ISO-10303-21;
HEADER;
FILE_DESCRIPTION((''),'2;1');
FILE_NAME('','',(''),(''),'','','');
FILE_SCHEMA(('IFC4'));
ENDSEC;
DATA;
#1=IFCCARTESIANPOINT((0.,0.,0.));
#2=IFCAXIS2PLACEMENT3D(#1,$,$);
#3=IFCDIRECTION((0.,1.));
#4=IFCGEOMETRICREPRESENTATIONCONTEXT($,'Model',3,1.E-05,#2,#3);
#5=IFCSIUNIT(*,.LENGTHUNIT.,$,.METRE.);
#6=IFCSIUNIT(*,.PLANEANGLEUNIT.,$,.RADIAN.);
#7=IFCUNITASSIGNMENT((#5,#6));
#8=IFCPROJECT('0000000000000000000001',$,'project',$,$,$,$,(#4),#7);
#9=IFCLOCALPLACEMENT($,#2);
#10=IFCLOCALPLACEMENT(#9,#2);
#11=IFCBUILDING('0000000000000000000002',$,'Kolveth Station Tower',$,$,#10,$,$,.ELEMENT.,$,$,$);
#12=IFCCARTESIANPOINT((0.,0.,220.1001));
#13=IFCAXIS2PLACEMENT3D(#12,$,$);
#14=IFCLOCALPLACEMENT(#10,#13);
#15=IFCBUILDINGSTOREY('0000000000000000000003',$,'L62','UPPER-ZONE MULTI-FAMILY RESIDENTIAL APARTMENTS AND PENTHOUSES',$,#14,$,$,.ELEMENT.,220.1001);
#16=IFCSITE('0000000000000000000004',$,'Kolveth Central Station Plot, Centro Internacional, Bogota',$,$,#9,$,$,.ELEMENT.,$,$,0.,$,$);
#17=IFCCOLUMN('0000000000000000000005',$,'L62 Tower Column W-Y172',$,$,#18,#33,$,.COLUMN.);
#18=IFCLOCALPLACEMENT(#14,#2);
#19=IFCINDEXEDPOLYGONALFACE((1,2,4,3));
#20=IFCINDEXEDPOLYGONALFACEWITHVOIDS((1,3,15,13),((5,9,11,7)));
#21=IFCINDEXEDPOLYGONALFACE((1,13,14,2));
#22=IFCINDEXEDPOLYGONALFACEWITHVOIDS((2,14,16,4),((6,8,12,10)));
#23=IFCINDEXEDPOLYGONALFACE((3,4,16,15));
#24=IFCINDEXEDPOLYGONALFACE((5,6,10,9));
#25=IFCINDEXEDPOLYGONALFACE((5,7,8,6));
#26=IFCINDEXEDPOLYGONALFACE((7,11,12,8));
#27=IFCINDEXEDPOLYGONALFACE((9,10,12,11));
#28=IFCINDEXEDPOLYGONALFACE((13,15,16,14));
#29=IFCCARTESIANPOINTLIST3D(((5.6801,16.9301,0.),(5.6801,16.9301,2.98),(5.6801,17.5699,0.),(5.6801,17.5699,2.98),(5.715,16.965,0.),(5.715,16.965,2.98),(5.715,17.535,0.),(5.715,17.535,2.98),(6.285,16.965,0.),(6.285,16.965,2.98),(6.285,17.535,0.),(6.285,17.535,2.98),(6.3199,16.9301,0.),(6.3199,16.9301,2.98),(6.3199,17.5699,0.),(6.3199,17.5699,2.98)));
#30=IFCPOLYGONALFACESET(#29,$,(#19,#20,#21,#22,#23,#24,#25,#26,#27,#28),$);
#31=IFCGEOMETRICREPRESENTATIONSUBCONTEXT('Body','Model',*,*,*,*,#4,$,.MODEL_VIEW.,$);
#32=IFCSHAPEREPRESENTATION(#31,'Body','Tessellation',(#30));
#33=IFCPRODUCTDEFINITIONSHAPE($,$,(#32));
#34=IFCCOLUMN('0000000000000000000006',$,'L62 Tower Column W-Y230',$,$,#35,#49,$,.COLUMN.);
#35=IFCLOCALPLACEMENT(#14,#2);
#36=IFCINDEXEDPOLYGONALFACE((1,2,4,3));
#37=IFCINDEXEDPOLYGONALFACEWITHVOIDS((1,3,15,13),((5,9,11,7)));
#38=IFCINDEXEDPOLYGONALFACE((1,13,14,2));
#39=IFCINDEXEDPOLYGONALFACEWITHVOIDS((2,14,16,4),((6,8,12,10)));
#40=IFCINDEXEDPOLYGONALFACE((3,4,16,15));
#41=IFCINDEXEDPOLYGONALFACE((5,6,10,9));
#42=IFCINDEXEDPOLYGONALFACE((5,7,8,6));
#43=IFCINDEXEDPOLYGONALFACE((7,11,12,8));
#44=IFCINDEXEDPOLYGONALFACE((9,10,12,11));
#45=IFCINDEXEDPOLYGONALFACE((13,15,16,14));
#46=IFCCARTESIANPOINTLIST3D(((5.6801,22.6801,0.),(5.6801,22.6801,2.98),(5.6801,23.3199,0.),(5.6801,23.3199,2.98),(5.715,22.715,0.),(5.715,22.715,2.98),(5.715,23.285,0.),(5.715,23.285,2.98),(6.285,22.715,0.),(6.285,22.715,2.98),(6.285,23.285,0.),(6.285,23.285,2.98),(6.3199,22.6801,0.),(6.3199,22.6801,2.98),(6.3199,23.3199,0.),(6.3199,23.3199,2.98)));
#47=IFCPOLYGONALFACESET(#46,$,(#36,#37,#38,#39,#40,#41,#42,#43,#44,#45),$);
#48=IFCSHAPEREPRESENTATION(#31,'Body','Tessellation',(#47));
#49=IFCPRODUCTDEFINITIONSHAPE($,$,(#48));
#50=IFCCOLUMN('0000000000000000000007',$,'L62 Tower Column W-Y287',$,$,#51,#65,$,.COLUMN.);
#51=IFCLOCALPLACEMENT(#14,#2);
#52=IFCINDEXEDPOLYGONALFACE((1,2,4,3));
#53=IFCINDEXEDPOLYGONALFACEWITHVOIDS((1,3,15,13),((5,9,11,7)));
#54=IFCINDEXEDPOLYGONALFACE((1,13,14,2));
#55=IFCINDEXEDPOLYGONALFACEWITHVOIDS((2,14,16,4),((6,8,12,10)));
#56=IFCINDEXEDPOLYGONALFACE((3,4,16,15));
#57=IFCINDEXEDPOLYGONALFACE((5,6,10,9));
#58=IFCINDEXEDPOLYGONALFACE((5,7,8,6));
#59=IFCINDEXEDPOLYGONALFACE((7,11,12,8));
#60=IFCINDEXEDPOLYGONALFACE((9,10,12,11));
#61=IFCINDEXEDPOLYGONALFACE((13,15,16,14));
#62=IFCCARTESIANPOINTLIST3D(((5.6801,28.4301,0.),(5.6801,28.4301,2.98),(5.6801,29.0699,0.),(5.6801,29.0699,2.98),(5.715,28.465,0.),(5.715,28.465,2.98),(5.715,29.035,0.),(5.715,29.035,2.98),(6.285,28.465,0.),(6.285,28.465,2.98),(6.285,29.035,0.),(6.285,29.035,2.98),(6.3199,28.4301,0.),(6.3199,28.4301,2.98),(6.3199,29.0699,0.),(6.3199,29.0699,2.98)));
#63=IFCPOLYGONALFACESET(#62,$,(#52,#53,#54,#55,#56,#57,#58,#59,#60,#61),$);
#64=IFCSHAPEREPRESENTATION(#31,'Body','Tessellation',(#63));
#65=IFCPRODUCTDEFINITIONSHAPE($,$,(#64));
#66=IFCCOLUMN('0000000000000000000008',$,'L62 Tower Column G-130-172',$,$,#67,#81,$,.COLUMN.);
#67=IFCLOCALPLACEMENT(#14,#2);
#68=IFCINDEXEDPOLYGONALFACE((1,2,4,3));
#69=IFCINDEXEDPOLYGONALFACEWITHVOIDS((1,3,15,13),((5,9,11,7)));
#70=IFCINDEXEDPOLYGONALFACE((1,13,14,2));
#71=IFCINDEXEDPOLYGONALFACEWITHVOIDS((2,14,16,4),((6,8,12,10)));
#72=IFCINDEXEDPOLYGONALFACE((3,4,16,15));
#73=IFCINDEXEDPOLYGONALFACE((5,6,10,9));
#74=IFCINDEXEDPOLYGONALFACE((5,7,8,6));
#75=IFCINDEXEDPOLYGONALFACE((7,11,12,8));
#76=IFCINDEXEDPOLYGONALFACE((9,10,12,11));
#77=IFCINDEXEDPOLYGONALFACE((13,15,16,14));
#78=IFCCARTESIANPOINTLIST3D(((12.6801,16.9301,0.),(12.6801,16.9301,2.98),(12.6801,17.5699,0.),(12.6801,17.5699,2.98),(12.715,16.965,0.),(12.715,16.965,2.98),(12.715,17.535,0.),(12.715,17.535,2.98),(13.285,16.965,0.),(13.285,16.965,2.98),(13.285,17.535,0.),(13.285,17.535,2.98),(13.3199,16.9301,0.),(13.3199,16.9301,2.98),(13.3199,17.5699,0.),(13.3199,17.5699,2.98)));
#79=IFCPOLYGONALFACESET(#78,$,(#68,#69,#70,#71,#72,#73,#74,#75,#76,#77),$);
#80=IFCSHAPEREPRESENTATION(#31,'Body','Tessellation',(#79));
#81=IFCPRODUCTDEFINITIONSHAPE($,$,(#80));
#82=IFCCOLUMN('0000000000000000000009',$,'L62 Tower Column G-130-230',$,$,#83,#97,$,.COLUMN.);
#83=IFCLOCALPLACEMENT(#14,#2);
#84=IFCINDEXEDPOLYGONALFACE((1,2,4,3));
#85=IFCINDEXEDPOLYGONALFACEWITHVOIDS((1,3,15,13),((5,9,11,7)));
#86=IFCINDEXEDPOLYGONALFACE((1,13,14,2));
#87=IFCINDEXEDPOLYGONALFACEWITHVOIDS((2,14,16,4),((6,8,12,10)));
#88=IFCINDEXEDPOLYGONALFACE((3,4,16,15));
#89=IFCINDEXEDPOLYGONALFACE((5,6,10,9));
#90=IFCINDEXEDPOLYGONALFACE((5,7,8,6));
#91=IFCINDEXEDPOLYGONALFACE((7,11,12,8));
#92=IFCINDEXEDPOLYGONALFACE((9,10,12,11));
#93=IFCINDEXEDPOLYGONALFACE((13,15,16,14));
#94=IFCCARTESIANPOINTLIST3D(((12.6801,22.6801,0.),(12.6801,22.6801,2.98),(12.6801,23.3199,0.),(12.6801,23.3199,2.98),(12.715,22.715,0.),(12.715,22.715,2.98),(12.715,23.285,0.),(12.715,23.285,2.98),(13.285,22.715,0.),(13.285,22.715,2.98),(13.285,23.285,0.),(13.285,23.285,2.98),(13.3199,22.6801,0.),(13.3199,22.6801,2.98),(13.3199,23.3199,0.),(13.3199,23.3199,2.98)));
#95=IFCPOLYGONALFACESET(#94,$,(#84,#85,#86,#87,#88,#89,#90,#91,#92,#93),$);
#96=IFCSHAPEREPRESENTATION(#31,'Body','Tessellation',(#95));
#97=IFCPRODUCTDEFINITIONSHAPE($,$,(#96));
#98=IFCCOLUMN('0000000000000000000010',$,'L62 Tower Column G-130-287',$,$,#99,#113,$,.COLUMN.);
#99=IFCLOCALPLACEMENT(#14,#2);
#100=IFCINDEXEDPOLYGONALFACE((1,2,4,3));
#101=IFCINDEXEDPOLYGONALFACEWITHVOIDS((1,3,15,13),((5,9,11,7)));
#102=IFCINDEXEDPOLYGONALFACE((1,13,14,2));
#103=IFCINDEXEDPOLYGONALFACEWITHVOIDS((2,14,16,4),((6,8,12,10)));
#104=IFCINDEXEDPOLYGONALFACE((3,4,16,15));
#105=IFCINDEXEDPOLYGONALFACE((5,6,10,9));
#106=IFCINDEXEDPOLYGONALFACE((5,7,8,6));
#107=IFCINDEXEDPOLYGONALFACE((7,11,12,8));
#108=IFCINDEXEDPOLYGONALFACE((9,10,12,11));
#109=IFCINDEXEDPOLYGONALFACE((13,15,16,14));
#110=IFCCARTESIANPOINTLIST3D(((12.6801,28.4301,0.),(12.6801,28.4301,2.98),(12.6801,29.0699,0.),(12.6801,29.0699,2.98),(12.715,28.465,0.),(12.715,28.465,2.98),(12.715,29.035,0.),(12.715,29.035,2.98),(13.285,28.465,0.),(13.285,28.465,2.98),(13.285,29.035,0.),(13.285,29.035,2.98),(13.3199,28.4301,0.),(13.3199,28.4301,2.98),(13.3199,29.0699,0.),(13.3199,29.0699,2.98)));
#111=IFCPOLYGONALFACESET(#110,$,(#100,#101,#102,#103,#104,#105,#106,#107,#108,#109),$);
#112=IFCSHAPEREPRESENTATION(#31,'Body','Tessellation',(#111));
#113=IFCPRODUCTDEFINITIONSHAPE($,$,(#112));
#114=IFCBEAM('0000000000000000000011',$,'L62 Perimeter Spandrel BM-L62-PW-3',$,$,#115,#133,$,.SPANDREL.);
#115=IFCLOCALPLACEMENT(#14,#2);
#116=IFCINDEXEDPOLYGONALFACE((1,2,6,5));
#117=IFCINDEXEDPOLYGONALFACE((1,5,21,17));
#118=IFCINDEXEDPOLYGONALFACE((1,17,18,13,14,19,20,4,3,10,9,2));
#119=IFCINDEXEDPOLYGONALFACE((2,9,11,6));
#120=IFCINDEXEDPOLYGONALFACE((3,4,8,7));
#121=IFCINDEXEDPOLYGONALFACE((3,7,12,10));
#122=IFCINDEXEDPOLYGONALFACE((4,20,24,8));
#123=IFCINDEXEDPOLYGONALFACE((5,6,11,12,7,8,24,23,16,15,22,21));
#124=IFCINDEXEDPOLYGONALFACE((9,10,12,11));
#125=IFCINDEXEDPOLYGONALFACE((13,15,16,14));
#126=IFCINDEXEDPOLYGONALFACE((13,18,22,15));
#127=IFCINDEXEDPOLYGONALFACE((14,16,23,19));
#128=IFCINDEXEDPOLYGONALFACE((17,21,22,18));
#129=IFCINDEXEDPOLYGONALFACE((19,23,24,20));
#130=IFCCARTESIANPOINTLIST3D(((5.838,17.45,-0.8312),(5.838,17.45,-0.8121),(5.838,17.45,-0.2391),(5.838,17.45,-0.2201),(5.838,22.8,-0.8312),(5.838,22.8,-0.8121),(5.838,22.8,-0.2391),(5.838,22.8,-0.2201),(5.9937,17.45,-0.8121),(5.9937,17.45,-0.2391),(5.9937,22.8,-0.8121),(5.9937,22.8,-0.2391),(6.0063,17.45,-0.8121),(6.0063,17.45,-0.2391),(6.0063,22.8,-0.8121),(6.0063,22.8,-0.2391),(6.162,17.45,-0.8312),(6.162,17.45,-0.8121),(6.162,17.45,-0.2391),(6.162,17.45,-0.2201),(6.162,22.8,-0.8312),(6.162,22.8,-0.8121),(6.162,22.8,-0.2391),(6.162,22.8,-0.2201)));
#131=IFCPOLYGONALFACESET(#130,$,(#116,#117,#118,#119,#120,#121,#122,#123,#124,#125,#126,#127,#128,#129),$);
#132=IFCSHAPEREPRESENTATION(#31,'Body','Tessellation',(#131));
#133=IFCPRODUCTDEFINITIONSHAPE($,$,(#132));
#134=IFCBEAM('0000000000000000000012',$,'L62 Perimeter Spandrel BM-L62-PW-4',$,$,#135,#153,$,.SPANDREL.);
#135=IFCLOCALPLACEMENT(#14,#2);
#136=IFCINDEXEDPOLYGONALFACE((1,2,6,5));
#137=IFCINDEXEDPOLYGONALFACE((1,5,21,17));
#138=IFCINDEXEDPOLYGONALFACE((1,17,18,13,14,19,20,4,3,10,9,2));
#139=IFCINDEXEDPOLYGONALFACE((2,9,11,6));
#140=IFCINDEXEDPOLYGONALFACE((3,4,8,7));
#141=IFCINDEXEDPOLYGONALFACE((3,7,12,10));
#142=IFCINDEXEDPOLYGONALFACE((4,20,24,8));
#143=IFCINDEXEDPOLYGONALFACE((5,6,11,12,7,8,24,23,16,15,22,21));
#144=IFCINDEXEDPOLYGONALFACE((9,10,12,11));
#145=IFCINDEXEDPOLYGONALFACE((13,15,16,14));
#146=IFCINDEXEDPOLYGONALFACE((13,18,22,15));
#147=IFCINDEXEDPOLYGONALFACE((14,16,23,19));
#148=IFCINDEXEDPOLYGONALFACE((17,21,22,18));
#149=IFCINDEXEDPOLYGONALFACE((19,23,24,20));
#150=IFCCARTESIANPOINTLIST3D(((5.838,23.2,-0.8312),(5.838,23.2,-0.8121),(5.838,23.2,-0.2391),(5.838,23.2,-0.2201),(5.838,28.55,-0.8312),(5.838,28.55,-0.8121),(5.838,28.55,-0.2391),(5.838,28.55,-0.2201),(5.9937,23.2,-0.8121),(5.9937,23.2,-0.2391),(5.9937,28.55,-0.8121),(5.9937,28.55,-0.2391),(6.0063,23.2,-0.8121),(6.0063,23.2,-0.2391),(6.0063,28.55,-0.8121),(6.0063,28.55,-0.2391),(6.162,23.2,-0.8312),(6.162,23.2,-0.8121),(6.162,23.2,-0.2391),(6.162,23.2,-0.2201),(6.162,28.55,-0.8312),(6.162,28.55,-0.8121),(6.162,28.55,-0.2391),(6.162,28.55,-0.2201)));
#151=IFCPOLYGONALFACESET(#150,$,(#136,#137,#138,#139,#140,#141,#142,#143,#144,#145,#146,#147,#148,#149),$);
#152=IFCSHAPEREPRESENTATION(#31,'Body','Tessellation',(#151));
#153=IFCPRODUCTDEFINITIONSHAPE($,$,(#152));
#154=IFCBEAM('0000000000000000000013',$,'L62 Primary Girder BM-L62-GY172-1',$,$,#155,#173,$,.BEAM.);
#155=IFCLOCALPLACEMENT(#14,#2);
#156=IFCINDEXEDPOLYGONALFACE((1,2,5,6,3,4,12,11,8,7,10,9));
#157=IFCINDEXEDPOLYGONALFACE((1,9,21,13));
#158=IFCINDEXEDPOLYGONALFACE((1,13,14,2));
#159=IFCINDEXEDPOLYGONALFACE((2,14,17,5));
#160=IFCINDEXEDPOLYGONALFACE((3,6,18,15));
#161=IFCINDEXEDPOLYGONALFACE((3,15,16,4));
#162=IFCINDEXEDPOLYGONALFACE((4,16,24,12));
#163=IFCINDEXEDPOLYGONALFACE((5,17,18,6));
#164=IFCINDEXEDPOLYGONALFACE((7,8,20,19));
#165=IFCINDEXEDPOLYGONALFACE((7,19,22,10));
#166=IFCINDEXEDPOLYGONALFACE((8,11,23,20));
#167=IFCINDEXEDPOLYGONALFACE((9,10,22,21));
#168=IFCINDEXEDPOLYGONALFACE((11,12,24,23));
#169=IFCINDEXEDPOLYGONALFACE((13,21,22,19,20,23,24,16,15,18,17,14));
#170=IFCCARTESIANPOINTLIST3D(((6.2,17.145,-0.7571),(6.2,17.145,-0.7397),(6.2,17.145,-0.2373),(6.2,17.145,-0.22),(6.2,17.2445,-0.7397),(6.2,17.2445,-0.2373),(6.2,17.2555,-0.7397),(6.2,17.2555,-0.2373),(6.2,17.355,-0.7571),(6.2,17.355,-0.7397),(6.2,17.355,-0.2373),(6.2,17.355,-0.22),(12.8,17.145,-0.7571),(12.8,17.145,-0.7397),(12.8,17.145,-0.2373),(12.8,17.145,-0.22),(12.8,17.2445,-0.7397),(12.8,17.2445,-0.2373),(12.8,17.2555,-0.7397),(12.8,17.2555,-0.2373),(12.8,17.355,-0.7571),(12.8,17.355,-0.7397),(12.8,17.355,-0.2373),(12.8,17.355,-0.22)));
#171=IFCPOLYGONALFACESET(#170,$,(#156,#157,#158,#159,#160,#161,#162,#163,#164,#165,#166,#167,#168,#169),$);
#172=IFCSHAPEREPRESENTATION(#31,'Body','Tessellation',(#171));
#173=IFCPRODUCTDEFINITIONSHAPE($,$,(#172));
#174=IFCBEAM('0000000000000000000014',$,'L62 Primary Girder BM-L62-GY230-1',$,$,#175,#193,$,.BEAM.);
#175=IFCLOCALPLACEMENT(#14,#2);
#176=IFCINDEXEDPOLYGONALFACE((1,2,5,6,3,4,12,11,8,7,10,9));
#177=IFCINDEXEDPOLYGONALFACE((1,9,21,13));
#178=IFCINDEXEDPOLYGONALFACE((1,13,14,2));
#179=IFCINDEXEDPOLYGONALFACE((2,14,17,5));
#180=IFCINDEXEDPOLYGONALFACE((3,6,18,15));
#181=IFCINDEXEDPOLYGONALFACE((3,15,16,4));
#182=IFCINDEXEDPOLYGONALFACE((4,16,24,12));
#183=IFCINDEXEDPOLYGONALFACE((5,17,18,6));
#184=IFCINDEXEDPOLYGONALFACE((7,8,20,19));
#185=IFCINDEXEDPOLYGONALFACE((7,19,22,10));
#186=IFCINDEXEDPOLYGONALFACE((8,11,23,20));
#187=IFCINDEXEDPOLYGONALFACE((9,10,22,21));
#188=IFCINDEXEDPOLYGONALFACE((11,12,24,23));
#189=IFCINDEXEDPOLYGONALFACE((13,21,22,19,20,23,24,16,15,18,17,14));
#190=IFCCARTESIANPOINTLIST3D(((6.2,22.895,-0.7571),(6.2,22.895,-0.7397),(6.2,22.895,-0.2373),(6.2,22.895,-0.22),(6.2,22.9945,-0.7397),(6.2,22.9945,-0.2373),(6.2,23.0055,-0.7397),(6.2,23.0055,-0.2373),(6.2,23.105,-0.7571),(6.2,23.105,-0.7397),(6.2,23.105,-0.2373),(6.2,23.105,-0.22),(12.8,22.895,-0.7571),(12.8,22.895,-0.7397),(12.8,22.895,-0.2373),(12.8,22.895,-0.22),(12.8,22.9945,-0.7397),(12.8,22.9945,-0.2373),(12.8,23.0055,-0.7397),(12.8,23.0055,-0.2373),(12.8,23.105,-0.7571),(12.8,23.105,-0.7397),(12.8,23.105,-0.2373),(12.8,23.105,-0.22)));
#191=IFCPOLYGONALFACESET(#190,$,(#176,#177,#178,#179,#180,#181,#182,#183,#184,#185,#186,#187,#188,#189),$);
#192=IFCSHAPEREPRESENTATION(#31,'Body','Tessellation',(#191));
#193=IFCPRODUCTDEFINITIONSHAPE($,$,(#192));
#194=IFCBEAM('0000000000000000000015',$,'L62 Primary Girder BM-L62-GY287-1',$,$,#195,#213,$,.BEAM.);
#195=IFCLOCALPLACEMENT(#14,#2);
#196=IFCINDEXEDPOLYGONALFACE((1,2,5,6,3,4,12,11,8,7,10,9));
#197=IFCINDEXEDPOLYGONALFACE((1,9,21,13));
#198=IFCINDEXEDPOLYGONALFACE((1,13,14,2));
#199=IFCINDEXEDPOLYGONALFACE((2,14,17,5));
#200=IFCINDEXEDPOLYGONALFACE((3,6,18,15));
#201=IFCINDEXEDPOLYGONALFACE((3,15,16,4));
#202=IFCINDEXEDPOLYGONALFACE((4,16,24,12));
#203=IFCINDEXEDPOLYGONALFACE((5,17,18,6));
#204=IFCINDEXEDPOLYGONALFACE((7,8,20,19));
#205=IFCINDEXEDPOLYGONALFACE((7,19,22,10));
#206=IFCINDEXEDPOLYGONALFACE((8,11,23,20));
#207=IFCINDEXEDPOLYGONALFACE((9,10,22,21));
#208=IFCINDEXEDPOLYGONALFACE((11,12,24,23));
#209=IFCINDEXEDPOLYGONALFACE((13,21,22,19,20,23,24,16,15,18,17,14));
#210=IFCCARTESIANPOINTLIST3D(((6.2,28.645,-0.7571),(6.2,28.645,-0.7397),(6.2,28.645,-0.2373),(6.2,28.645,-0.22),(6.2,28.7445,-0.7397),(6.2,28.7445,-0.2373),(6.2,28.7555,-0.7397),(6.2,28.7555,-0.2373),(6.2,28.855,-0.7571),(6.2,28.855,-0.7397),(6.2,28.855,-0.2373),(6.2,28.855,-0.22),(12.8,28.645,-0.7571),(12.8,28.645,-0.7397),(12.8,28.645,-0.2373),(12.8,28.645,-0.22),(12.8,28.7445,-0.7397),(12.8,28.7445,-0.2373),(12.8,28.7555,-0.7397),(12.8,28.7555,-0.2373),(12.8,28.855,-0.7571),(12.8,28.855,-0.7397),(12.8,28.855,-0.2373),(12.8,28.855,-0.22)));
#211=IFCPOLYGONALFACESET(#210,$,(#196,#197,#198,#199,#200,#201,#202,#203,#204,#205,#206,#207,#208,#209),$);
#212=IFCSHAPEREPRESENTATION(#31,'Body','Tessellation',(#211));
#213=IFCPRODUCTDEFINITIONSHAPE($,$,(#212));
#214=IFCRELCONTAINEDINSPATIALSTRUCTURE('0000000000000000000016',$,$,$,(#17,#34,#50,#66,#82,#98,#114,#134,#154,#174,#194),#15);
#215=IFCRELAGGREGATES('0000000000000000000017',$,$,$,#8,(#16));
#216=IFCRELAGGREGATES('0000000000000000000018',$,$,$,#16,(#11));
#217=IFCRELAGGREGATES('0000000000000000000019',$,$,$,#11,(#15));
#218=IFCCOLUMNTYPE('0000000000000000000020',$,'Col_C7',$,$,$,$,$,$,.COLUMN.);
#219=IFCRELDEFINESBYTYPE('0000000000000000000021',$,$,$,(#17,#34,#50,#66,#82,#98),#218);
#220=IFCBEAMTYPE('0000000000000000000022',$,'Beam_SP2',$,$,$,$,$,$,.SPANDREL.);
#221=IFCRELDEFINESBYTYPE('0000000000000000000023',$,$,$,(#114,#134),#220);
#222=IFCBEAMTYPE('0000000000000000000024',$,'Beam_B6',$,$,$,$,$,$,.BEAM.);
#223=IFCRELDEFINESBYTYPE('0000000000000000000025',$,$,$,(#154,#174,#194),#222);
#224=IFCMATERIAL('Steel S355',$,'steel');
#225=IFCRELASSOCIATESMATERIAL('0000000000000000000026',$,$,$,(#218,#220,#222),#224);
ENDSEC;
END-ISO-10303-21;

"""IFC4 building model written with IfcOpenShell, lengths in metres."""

from ifc_helpers import new_model, si_unit, direction, frame, origin, origin_2d, place, context, subcontext, project, spatial, hollow_rectangle, i_section, extrude, source, transform, mapped, material, material_profile, profile_set, type_object, element, save


model = new_model("IFC4")

# Units and contexts
model_context = context("Model", 3, precision=1e-05, world=origin(), true_north=direction((0.0, 1.0)))
body_context = subcontext(model_context, "Body", "Model", "MODEL_VIEW")
ifc_project = project(units=[si_unit("LENGTHUNIT", "METRE"), si_unit("PLANEANGLEUNIT", "RADIAN")], contexts=[model_context])

# Site, building, storey
site_placement = place(None, origin())
site = spatial("IfcSite", under=ifc_project, at=site_placement, Name="Kolveth Central Station Plot, Centro Internacional, Bogota", CompositionType="ELEMENT", RefElevation=0.0)
building_placement = place(site_placement, origin())
building = spatial("IfcBuilding", under=site, at=building_placement, Name="Kolveth Station Tower", CompositionType="ELEMENT")
storey_placement = place(building_placement, frame((0.0, 0.0, 220.1001)))
storey = spatial("IfcBuildingStorey", under=building, at=storey_placement, Name="L62", Description="UPPER-ZONE MULTI-FAMILY RESIDENTIAL APARTMENTS AND PENTHOUSES", CompositionType="ELEMENT", Elevation=220.1001)

# Columns
ifc_material_1 = material(Name="Steel S355", Category="steel")
ifc_material_profile_1 = material_profile(ifc_material_1, hollow_rectangle(XDim=0.6399, YDim=0.6399, WallThickness=0.0349, at=origin_2d()), Name="BOX640x640x35")
ifc_profile_set_1 = profile_set([ifc_material_profile_1], Name="Steel S355")
column_type = type_object("IfcColumnType", Name="Col_C7", PredefinedType="COLUMN", material=ifc_profile_set_1)
shared_shape_1 = source(origin(), body_context, "Body", "SweptSolid", [
    extrude(hollow_rectangle(XDim=0.6399, YDim=0.6399, WallThickness=0.0349, at=origin_2d()), origin(), (0.0, 0.0, 1.0), 2.98),
])
for number, where, z_axis, x_axis, name in (
    (1, (6.0, 17.25, 0.0), (0.0, 0.0, 1.0), (1.0, 0.0, 0.0), "L62 Tower Column W-Y172"),
    (2, (6.0, 23.0, 0.0), (0.0, 0.0, 1.0), (1.0, 0.0, 0.0), "L62 Tower Column W-Y230"),
    (3, (6.0, 28.75, 0.0), (0.0, 0.0, 1.0), (1.0, 0.0, 0.0), "L62 Tower Column W-Y287"),
    (4, (13.0, 17.25, 0.0), (0.0, 0.0, 1.0), (1.0, 0.0, 0.0), "L62 Tower Column G-130-172"),
    (5, (13.0, 23.0, 0.0), (0.0, 0.0, 1.0), (1.0, 0.0, 0.0), "L62 Tower Column G-130-230"),
    (6, (13.0, 28.75, 0.0), (0.0, 0.0, 1.0), (1.0, 0.0, 0.0), "L62 Tower Column G-130-287"),
):
    element("IfcColumn", number, at=place(storey_placement, frame(where, z_axis=z_axis, x_axis=x_axis)), inside=storey, type_object=column_type, Name=name, PredefinedType="COLUMN", context=body_context, shape_type="MappedRepresentation", body=[
        mapped(shared_shape_1, transform((0.0, 0.0, 0.0), x_axis=(1.0, 0.0, 0.0), y_axis=(0.0, 1.0, 0.0), z_axis=(0.0, 0.0, 1.0), scale=1.0)),
    ])

# Beams
ifc_material_profile_2 = material_profile(ifc_material_1, i_section(OverallWidth=0.324, OverallDepth=0.6111, WebThickness=0.0127, FlangeThickness=0.019, at=origin_2d()), Name="W610x155")
ifc_profile_set_2 = profile_set([ifc_material_profile_2], Name="Steel S355")
beam_type_1 = type_object("IfcBeamType", Name="Beam_SP2", PredefinedType="SPANDREL", material=ifc_profile_set_2)
shared_shape_2 = source(origin(), body_context, "Body", "SweptSolid", [
    extrude(i_section(OverallWidth=0.324, OverallDepth=0.6111, WebThickness=0.0127, FlangeThickness=0.019, at=origin_2d()), origin(), (0.0, 0.0, 1.0), 5.3501),
])
for number, where, z_axis, x_axis, name in (
    (7, (6.0, 17.45, -0.5256), (0.0, 1.0, 0.0), (-1.0, 0.0, 0.0), "L62 Perimeter Spandrel BM-L62-PW-3"),
    (8, (6.0, 23.2, -0.5256), (0.0, 1.0, 0.0), (-1.0, 0.0, 0.0), "L62 Perimeter Spandrel BM-L62-PW-4"),
):
    element("IfcBeam", number, at=place(storey_placement, frame(where, z_axis=z_axis, x_axis=x_axis)), inside=storey, type_object=beam_type_1, Name=name, PredefinedType="SPANDREL", context=body_context, shape_type="MappedRepresentation", body=[
        mapped(shared_shape_2, transform((0.0, 0.0, 0.0), x_axis=(1.0, 0.0, 0.0), y_axis=(0.0, 1.0, 0.0), z_axis=(0.0, 0.0, 1.0), scale=1.0)),
    ])
ifc_material_profile_3 = material_profile(ifc_material_1, i_section(OverallWidth=0.21, OverallDepth=0.5371, WebThickness=0.011, FlangeThickness=0.0173, at=origin_2d()), Name="W530x101")
ifc_profile_set_3 = profile_set([ifc_material_profile_3], Name="Steel S355")
beam_type_2 = type_object("IfcBeamType", Name="Beam_B6", PredefinedType="BEAM", material=ifc_profile_set_3)
shared_shape_3 = source(origin(), body_context, "Body", "SweptSolid", [
    extrude(i_section(OverallWidth=0.21, OverallDepth=0.5371, WebThickness=0.011, FlangeThickness=0.0173, at=origin_2d()), origin(), (0.0, 0.0, 1.0), 6.6001),
])
for number, where, z_axis, x_axis, name in (
    (9, (6.2, 17.25, -0.4885), (1.0, 0.0, 0.0), (0.0, 1.0, 0.0), "L62 Primary Girder BM-L62-GY172-1"),
    (10, (6.2, 23.0, -0.4885), (1.0, 0.0, 0.0), (0.0, 1.0, 0.0), "L62 Primary Girder BM-L62-GY230-1"),
    (11, (6.2, 28.75, -0.4885), (1.0, 0.0, 0.0), (0.0, 1.0, 0.0), "L62 Primary Girder BM-L62-GY287-1"),
):
    element("IfcBeam", number, at=place(storey_placement, frame(where, z_axis=z_axis, x_axis=x_axis)), inside=storey, type_object=beam_type_2, Name=name, PredefinedType="BEAM", context=body_context, shape_type="MappedRepresentation", body=[
        mapped(shared_shape_3, transform((0.0, 0.0, 0.0), x_axis=(1.0, 0.0, 0.0), y_axis=(0.0, 1.0, 0.0), z_axis=(0.0, 0.0, 1.0), scale=1.0)),
    ])

save(model, "model.ifc")
